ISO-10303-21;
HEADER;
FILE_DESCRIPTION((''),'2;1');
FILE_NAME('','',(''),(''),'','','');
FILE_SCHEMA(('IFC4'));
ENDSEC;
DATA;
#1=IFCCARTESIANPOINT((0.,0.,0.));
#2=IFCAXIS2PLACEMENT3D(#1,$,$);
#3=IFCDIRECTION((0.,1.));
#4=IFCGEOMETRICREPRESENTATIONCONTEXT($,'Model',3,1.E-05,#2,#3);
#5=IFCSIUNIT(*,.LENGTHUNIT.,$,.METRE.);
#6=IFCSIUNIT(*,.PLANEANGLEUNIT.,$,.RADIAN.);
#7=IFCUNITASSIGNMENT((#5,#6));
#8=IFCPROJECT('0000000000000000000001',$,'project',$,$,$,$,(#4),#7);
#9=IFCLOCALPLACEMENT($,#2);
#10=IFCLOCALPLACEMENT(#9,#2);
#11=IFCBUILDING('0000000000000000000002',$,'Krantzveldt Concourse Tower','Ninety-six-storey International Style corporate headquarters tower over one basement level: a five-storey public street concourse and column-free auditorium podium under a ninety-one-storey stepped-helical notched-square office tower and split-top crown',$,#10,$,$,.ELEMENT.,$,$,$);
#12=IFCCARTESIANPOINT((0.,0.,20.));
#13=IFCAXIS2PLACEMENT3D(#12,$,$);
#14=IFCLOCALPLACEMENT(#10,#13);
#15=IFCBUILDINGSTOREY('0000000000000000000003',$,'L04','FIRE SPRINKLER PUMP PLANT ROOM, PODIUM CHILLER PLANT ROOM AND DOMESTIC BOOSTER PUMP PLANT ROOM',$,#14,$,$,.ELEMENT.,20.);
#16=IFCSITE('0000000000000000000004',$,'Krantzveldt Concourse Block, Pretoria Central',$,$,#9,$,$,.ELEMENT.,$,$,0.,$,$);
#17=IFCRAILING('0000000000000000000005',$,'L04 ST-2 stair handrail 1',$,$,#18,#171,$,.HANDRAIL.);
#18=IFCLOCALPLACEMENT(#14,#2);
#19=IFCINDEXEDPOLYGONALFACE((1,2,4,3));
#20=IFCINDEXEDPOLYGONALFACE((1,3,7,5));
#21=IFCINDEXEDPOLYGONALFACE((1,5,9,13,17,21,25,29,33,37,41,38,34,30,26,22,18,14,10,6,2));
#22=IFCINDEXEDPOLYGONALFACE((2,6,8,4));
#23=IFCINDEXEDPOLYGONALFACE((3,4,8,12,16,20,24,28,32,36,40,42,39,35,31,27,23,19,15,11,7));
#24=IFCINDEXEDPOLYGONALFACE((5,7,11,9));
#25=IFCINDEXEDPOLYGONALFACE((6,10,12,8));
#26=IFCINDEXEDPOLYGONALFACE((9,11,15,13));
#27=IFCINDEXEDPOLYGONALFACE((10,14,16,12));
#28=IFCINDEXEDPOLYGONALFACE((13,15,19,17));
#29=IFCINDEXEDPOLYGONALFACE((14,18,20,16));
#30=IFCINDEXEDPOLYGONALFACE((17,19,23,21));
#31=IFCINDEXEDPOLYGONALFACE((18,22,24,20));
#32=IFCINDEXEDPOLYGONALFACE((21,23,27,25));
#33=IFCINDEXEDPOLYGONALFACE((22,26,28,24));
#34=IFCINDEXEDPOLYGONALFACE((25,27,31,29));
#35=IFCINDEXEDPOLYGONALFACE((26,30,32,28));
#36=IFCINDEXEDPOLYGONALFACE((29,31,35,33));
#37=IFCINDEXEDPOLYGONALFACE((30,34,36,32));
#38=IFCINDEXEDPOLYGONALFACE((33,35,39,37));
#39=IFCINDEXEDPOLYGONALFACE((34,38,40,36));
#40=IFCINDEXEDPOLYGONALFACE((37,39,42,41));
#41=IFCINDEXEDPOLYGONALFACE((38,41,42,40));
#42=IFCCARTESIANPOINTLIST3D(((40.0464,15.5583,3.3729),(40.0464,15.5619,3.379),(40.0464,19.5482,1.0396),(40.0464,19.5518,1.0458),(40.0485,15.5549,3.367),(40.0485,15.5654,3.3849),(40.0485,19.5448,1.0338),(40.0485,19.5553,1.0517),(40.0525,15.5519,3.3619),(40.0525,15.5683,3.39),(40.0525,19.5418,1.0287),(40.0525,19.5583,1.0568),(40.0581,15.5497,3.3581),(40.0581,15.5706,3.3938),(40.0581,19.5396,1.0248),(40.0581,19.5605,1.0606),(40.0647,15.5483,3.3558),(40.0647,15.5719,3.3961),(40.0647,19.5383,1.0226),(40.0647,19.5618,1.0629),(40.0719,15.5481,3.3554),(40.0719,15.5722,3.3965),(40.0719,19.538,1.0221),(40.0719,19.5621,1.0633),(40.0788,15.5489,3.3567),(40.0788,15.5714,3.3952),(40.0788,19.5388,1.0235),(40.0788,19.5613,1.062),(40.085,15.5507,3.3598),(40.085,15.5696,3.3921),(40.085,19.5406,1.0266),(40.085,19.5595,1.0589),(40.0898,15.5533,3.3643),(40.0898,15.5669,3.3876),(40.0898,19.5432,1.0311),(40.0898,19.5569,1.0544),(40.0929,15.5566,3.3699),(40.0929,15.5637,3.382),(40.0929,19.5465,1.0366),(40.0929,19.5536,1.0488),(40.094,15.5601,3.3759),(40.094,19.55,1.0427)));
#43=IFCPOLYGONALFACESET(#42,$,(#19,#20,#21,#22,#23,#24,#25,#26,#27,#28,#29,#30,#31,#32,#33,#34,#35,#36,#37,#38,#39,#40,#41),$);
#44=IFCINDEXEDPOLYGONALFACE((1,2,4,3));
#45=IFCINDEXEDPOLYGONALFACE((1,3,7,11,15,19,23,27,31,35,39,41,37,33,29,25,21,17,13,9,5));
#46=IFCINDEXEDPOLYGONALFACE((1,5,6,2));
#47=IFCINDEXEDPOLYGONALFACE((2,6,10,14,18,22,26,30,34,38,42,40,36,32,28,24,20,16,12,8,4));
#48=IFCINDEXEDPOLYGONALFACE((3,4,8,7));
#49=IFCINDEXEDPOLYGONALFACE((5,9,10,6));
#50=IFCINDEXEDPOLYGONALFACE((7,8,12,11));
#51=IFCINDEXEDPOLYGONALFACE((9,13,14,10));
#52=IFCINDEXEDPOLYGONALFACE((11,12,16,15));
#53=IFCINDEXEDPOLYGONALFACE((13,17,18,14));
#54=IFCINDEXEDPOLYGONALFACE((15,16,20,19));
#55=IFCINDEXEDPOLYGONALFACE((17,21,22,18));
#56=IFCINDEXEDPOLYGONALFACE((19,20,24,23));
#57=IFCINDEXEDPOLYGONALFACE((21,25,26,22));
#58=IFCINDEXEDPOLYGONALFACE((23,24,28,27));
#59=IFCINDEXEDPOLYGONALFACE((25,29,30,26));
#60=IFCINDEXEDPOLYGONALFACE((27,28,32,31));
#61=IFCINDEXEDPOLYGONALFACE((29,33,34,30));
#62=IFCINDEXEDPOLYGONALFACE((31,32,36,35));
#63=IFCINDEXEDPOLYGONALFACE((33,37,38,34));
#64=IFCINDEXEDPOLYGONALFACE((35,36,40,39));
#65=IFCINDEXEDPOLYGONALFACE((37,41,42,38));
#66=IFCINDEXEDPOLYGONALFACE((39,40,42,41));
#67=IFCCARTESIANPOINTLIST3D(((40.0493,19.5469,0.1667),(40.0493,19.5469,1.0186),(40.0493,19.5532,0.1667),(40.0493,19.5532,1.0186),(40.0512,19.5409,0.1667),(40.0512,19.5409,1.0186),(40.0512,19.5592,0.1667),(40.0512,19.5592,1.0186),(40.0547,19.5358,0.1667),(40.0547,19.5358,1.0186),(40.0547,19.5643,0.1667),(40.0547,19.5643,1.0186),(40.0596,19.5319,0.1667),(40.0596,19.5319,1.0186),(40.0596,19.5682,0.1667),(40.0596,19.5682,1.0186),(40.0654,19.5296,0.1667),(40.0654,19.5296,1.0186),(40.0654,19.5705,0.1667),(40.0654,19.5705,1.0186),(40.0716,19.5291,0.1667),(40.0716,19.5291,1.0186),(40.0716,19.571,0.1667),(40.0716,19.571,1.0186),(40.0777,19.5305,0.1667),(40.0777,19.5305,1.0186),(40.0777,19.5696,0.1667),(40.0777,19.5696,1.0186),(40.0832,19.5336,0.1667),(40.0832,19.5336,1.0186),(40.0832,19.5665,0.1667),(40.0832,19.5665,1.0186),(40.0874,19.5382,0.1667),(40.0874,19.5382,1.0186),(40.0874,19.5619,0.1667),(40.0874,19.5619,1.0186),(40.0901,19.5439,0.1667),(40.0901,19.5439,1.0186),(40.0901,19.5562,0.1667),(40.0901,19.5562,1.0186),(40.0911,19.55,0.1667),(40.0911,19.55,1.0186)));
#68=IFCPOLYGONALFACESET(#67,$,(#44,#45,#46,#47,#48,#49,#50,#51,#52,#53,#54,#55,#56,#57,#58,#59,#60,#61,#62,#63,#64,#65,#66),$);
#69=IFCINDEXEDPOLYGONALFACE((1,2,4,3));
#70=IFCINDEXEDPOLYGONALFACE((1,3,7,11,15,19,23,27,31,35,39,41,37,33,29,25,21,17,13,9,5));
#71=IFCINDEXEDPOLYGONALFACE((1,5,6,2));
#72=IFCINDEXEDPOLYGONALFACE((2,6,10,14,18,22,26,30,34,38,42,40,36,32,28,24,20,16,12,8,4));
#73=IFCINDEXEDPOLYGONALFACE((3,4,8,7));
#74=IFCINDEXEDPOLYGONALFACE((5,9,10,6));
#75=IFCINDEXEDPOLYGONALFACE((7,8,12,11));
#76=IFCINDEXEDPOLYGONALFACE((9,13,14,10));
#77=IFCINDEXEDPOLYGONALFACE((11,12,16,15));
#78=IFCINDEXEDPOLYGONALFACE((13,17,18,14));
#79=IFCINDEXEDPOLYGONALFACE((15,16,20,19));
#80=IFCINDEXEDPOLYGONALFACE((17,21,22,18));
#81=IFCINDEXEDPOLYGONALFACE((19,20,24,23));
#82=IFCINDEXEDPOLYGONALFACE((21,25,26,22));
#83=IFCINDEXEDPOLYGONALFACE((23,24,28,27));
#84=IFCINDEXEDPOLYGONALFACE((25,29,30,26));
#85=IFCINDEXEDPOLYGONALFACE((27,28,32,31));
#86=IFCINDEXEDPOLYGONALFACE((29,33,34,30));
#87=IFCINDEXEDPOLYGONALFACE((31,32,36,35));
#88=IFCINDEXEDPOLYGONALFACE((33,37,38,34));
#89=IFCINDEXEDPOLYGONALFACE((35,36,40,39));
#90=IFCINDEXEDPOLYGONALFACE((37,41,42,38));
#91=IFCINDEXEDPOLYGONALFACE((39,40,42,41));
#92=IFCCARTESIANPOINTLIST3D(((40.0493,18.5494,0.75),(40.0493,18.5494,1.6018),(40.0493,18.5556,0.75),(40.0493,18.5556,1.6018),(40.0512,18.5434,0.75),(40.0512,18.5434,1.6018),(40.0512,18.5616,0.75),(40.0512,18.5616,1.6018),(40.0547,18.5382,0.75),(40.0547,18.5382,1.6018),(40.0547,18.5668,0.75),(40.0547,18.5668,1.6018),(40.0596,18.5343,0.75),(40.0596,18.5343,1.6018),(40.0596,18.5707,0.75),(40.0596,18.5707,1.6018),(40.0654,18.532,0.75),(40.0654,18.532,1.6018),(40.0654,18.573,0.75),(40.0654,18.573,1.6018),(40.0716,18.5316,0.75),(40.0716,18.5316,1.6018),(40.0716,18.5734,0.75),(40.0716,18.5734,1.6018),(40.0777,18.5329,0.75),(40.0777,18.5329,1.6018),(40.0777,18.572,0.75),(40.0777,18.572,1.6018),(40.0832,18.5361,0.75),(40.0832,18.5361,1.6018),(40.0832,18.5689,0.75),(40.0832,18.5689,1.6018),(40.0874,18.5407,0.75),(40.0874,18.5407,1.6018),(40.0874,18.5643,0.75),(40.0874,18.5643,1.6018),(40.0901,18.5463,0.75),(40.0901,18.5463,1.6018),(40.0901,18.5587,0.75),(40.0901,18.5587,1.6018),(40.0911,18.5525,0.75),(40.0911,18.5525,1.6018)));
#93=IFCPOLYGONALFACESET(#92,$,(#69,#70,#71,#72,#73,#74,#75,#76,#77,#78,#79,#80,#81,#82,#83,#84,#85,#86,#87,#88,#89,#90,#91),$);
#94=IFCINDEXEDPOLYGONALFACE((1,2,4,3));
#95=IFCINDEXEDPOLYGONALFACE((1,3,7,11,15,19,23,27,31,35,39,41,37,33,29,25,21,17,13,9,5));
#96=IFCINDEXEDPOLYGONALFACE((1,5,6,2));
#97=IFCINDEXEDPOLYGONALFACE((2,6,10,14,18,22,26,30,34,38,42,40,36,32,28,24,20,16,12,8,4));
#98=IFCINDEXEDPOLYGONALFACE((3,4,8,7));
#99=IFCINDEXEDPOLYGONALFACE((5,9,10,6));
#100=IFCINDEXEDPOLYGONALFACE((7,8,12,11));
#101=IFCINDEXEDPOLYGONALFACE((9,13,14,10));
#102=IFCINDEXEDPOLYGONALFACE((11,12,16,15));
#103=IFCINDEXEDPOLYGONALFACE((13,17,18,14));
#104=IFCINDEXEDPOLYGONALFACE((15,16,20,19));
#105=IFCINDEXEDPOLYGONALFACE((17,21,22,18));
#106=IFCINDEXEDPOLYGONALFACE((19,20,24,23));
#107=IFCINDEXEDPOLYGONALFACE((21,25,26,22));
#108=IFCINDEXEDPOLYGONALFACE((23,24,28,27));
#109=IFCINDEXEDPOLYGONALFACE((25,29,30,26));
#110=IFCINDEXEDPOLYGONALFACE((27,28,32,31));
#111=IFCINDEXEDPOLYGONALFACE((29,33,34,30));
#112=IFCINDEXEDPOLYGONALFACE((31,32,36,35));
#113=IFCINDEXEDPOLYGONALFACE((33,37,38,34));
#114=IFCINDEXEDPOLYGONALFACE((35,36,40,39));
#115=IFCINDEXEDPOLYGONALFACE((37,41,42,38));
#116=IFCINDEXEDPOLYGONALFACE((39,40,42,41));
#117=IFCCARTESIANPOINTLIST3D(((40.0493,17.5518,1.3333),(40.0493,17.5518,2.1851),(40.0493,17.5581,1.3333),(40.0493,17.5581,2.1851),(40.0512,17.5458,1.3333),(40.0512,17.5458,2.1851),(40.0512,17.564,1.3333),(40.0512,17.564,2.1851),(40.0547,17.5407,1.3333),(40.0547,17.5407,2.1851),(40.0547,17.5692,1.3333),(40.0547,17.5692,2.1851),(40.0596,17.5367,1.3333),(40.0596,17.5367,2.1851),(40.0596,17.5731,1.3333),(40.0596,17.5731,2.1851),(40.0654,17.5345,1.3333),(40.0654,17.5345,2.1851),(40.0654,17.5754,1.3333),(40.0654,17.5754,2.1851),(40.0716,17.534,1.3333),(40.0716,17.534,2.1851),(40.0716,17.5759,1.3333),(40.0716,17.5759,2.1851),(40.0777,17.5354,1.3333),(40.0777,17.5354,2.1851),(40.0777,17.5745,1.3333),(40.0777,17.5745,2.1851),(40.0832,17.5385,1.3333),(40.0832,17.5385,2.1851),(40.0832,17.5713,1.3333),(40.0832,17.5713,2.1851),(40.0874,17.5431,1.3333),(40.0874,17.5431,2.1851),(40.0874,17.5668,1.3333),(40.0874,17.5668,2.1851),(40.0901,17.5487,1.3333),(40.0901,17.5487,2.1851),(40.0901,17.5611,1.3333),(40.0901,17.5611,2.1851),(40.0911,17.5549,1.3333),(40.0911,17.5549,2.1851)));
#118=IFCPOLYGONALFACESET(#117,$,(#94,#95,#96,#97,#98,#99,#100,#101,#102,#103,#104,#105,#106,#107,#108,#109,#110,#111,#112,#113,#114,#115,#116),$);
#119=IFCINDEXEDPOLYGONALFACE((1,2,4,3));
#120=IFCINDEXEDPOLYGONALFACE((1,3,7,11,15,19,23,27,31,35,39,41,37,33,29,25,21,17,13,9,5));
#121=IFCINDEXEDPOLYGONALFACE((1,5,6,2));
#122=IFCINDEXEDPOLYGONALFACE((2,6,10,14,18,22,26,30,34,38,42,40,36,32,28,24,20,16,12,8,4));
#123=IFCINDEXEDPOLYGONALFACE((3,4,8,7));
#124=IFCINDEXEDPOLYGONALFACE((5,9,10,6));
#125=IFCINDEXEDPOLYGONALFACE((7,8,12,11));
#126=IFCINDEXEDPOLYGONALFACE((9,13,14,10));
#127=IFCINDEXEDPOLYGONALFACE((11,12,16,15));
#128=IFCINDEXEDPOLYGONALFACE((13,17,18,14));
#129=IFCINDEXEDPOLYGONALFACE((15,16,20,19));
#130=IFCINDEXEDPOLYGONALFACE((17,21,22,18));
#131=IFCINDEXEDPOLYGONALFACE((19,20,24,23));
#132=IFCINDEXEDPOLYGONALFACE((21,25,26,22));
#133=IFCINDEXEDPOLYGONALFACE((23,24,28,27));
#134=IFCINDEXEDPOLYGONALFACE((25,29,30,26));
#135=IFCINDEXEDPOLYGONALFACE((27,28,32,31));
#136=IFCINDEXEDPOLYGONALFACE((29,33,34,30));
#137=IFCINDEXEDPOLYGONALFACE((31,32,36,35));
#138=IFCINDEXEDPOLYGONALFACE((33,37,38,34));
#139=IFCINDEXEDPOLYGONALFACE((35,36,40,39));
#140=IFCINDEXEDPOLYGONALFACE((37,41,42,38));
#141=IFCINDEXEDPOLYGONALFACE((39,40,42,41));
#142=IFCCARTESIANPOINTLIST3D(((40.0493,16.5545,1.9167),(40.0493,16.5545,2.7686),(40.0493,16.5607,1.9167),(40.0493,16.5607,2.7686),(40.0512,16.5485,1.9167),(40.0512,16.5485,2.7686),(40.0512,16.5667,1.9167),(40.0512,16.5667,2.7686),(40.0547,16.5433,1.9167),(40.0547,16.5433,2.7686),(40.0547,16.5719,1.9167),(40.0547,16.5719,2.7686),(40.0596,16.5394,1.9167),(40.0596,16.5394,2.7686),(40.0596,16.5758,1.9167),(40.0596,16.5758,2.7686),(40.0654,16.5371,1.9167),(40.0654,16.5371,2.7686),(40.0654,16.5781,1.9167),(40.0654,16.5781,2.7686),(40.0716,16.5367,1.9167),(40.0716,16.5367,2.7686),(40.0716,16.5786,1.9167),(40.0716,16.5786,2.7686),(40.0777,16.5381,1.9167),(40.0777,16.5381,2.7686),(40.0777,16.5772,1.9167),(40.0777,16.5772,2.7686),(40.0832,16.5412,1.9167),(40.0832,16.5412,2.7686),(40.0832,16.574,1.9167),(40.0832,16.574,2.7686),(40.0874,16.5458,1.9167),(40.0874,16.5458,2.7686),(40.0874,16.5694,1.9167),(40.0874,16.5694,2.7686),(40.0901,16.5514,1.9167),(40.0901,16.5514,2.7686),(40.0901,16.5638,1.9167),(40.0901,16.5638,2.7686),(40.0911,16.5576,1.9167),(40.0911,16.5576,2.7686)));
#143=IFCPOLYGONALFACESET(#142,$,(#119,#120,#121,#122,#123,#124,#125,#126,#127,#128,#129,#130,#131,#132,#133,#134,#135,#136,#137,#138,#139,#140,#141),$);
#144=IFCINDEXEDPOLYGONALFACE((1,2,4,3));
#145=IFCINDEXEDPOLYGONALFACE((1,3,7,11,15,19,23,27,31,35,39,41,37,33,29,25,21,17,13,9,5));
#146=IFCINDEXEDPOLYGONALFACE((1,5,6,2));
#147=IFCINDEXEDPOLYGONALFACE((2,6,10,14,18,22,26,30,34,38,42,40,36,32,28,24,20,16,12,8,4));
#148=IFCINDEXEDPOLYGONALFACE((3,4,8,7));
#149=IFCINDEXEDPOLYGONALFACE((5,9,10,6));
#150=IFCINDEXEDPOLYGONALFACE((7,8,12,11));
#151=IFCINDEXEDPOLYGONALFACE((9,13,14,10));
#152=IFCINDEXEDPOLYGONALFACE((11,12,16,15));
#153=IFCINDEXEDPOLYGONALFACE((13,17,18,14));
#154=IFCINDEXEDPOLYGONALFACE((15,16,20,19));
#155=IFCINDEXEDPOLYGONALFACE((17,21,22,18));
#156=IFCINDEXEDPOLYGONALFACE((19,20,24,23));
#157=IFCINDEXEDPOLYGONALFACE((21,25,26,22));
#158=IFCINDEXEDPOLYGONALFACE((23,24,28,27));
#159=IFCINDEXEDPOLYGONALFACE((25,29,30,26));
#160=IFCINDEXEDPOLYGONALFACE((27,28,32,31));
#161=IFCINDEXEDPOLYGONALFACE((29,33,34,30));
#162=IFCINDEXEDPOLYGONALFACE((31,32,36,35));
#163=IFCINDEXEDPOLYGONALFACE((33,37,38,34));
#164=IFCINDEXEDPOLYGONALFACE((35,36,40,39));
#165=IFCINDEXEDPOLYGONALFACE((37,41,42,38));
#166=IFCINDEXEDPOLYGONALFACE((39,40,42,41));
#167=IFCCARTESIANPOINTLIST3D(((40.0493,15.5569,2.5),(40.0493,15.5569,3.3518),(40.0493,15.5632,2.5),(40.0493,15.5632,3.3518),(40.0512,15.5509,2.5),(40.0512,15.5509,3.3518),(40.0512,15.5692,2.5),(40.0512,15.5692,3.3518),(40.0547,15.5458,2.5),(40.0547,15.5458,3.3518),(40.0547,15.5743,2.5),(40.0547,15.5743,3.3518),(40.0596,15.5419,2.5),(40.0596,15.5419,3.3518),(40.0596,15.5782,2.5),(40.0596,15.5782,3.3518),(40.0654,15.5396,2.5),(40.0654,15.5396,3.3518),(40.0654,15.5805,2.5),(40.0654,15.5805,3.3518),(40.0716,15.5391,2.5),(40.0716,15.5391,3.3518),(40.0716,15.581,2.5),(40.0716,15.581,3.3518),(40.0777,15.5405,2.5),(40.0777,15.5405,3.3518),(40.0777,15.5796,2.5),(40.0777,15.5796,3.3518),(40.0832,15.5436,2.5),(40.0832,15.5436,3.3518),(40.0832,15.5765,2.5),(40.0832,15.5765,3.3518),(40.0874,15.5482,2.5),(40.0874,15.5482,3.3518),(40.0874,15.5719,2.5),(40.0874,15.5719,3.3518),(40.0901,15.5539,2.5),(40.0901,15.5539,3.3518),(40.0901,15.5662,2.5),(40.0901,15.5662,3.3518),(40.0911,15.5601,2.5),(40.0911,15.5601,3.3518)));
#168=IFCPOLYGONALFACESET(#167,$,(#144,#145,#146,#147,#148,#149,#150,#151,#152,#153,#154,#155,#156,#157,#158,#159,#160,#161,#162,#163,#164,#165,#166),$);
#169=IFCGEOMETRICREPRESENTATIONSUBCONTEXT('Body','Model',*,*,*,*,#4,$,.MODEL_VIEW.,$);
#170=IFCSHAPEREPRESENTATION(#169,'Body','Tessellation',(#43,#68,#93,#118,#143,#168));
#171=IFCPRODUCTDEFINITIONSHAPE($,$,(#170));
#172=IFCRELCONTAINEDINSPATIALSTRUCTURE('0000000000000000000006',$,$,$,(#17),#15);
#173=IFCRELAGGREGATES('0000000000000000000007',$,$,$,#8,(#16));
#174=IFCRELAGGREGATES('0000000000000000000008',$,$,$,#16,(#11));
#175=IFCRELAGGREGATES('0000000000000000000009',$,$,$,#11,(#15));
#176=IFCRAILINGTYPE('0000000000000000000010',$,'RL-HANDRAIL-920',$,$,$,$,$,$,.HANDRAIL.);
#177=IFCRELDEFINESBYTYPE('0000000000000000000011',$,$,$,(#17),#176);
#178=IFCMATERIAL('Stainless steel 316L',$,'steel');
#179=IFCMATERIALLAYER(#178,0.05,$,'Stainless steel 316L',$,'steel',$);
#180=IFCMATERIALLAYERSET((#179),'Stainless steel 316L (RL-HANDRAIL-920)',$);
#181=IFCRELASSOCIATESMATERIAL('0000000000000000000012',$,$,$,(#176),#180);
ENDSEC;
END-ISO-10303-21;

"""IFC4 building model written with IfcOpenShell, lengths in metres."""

from ifc_helpers import new_model, si_unit, direction, frame, origin, origin_2d, place, context, subcontext, project, spatial, circle, extrude, material, layer, layer_set, type_object, element, save


model = new_model("IFC4")

# Units and contexts
model_context = context("Model", 3, precision=1e-05, world=origin(), true_north=direction((0.0, 1.0)))
body_context = subcontext(model_context, "Body", "Model", "MODEL_VIEW")
ifc_project = project(units=[si_unit("LENGTHUNIT", "METRE"), si_unit("PLANEANGLEUNIT", "RADIAN")], contexts=[model_context])

# Site, building, storey
site_placement = place(None, origin())
site = spatial("IfcSite", under=ifc_project, at=site_placement, Name="Krantzveldt Concourse Block, Pretoria Central", CompositionType="ELEMENT", RefElevation=0.0)
building_placement = place(site_placement, origin())
building = spatial("IfcBuilding", under=site, at=building_placement, Name="Krantzveldt Concourse Tower", Description="Ninety-six-storey International Style corporate headquarters tower over one basement level: a five-storey public street concourse and column-free auditorium podium under a ninety-one-storey stepped-helical notched-square office tower and split-top crown", CompositionType="ELEMENT")
storey_placement = place(building_placement, frame((0.0, 0.0, 20.0)))
storey = spatial("IfcBuildingStorey", under=building, at=storey_placement, Name="L04", Description="FIRE SPRINKLER PUMP PLANT ROOM, PODIUM CHILLER PLANT ROOM AND DOMESTIC BOOSTER PUMP PLANT ROOM", CompositionType="ELEMENT", Elevation=20.0)

# Railing
ifc_material_1 = material(Name="Stainless steel 316L", Category="steel")
ifc_layer_1 = layer(ifc_material_1, 0.05, Name="Stainless steel 316L", Category="steel")
ifc_layer_set_1 = layer_set([ifc_layer_1], Name="Stainless steel 316L (RL-HANDRAIL-920)")
railing_type_1 = type_object("IfcRailingType", Name="RL-HANDRAIL-920", PredefinedType="HANDRAIL", material=ifc_layer_set_1)
railing_1_placement = place(storey_placement, frame((40.0701, 19.55, 0.1667)))
element("IfcRailing", 1, at=railing_1_placement, inside=storey, type_object=railing_type_1, Name="L04 ST-2 stair handrail 1", PredefinedType="HANDRAIL", context=body_context, shape_type="SweptSolid", body=[
    extrude(circle(Radius=0.0239, at=origin_2d()), frame((0.0, 0.0, 0.876), z_axis=(0.0, -0.863236, 0.5048), x_axis=(1.0, 0.0, 0.0)), (0.0, 0.0, 1.0), 4.6221),
    extrude(circle(Radius=0.021, at=origin_2d()), origin(), (0.0, 0.0, 1.0), 0.8518),
    extrude(circle(Radius=0.021, at=origin_2d()), frame((0.0, -0.9976, 0.5833)), (0.0, 0.0, 1.0), 0.8518),
    extrude(circle(Radius=0.021, at=origin_2d()), frame((0.0, -1.9951, 1.1665)), (0.0, 0.0, 1.0), 0.8518),
    extrude(circle(Radius=0.021, at=origin_2d()), frame((0.0, -2.9924, 1.75)), (0.0, 0.0, 1.0), 0.8518),
    extrude(circle(Radius=0.021, at=origin_2d()), frame((0.0, -3.99, 2.3333)), (0.0, 0.0, 1.0), 0.8518),
])

save(model, "model.ifc")
